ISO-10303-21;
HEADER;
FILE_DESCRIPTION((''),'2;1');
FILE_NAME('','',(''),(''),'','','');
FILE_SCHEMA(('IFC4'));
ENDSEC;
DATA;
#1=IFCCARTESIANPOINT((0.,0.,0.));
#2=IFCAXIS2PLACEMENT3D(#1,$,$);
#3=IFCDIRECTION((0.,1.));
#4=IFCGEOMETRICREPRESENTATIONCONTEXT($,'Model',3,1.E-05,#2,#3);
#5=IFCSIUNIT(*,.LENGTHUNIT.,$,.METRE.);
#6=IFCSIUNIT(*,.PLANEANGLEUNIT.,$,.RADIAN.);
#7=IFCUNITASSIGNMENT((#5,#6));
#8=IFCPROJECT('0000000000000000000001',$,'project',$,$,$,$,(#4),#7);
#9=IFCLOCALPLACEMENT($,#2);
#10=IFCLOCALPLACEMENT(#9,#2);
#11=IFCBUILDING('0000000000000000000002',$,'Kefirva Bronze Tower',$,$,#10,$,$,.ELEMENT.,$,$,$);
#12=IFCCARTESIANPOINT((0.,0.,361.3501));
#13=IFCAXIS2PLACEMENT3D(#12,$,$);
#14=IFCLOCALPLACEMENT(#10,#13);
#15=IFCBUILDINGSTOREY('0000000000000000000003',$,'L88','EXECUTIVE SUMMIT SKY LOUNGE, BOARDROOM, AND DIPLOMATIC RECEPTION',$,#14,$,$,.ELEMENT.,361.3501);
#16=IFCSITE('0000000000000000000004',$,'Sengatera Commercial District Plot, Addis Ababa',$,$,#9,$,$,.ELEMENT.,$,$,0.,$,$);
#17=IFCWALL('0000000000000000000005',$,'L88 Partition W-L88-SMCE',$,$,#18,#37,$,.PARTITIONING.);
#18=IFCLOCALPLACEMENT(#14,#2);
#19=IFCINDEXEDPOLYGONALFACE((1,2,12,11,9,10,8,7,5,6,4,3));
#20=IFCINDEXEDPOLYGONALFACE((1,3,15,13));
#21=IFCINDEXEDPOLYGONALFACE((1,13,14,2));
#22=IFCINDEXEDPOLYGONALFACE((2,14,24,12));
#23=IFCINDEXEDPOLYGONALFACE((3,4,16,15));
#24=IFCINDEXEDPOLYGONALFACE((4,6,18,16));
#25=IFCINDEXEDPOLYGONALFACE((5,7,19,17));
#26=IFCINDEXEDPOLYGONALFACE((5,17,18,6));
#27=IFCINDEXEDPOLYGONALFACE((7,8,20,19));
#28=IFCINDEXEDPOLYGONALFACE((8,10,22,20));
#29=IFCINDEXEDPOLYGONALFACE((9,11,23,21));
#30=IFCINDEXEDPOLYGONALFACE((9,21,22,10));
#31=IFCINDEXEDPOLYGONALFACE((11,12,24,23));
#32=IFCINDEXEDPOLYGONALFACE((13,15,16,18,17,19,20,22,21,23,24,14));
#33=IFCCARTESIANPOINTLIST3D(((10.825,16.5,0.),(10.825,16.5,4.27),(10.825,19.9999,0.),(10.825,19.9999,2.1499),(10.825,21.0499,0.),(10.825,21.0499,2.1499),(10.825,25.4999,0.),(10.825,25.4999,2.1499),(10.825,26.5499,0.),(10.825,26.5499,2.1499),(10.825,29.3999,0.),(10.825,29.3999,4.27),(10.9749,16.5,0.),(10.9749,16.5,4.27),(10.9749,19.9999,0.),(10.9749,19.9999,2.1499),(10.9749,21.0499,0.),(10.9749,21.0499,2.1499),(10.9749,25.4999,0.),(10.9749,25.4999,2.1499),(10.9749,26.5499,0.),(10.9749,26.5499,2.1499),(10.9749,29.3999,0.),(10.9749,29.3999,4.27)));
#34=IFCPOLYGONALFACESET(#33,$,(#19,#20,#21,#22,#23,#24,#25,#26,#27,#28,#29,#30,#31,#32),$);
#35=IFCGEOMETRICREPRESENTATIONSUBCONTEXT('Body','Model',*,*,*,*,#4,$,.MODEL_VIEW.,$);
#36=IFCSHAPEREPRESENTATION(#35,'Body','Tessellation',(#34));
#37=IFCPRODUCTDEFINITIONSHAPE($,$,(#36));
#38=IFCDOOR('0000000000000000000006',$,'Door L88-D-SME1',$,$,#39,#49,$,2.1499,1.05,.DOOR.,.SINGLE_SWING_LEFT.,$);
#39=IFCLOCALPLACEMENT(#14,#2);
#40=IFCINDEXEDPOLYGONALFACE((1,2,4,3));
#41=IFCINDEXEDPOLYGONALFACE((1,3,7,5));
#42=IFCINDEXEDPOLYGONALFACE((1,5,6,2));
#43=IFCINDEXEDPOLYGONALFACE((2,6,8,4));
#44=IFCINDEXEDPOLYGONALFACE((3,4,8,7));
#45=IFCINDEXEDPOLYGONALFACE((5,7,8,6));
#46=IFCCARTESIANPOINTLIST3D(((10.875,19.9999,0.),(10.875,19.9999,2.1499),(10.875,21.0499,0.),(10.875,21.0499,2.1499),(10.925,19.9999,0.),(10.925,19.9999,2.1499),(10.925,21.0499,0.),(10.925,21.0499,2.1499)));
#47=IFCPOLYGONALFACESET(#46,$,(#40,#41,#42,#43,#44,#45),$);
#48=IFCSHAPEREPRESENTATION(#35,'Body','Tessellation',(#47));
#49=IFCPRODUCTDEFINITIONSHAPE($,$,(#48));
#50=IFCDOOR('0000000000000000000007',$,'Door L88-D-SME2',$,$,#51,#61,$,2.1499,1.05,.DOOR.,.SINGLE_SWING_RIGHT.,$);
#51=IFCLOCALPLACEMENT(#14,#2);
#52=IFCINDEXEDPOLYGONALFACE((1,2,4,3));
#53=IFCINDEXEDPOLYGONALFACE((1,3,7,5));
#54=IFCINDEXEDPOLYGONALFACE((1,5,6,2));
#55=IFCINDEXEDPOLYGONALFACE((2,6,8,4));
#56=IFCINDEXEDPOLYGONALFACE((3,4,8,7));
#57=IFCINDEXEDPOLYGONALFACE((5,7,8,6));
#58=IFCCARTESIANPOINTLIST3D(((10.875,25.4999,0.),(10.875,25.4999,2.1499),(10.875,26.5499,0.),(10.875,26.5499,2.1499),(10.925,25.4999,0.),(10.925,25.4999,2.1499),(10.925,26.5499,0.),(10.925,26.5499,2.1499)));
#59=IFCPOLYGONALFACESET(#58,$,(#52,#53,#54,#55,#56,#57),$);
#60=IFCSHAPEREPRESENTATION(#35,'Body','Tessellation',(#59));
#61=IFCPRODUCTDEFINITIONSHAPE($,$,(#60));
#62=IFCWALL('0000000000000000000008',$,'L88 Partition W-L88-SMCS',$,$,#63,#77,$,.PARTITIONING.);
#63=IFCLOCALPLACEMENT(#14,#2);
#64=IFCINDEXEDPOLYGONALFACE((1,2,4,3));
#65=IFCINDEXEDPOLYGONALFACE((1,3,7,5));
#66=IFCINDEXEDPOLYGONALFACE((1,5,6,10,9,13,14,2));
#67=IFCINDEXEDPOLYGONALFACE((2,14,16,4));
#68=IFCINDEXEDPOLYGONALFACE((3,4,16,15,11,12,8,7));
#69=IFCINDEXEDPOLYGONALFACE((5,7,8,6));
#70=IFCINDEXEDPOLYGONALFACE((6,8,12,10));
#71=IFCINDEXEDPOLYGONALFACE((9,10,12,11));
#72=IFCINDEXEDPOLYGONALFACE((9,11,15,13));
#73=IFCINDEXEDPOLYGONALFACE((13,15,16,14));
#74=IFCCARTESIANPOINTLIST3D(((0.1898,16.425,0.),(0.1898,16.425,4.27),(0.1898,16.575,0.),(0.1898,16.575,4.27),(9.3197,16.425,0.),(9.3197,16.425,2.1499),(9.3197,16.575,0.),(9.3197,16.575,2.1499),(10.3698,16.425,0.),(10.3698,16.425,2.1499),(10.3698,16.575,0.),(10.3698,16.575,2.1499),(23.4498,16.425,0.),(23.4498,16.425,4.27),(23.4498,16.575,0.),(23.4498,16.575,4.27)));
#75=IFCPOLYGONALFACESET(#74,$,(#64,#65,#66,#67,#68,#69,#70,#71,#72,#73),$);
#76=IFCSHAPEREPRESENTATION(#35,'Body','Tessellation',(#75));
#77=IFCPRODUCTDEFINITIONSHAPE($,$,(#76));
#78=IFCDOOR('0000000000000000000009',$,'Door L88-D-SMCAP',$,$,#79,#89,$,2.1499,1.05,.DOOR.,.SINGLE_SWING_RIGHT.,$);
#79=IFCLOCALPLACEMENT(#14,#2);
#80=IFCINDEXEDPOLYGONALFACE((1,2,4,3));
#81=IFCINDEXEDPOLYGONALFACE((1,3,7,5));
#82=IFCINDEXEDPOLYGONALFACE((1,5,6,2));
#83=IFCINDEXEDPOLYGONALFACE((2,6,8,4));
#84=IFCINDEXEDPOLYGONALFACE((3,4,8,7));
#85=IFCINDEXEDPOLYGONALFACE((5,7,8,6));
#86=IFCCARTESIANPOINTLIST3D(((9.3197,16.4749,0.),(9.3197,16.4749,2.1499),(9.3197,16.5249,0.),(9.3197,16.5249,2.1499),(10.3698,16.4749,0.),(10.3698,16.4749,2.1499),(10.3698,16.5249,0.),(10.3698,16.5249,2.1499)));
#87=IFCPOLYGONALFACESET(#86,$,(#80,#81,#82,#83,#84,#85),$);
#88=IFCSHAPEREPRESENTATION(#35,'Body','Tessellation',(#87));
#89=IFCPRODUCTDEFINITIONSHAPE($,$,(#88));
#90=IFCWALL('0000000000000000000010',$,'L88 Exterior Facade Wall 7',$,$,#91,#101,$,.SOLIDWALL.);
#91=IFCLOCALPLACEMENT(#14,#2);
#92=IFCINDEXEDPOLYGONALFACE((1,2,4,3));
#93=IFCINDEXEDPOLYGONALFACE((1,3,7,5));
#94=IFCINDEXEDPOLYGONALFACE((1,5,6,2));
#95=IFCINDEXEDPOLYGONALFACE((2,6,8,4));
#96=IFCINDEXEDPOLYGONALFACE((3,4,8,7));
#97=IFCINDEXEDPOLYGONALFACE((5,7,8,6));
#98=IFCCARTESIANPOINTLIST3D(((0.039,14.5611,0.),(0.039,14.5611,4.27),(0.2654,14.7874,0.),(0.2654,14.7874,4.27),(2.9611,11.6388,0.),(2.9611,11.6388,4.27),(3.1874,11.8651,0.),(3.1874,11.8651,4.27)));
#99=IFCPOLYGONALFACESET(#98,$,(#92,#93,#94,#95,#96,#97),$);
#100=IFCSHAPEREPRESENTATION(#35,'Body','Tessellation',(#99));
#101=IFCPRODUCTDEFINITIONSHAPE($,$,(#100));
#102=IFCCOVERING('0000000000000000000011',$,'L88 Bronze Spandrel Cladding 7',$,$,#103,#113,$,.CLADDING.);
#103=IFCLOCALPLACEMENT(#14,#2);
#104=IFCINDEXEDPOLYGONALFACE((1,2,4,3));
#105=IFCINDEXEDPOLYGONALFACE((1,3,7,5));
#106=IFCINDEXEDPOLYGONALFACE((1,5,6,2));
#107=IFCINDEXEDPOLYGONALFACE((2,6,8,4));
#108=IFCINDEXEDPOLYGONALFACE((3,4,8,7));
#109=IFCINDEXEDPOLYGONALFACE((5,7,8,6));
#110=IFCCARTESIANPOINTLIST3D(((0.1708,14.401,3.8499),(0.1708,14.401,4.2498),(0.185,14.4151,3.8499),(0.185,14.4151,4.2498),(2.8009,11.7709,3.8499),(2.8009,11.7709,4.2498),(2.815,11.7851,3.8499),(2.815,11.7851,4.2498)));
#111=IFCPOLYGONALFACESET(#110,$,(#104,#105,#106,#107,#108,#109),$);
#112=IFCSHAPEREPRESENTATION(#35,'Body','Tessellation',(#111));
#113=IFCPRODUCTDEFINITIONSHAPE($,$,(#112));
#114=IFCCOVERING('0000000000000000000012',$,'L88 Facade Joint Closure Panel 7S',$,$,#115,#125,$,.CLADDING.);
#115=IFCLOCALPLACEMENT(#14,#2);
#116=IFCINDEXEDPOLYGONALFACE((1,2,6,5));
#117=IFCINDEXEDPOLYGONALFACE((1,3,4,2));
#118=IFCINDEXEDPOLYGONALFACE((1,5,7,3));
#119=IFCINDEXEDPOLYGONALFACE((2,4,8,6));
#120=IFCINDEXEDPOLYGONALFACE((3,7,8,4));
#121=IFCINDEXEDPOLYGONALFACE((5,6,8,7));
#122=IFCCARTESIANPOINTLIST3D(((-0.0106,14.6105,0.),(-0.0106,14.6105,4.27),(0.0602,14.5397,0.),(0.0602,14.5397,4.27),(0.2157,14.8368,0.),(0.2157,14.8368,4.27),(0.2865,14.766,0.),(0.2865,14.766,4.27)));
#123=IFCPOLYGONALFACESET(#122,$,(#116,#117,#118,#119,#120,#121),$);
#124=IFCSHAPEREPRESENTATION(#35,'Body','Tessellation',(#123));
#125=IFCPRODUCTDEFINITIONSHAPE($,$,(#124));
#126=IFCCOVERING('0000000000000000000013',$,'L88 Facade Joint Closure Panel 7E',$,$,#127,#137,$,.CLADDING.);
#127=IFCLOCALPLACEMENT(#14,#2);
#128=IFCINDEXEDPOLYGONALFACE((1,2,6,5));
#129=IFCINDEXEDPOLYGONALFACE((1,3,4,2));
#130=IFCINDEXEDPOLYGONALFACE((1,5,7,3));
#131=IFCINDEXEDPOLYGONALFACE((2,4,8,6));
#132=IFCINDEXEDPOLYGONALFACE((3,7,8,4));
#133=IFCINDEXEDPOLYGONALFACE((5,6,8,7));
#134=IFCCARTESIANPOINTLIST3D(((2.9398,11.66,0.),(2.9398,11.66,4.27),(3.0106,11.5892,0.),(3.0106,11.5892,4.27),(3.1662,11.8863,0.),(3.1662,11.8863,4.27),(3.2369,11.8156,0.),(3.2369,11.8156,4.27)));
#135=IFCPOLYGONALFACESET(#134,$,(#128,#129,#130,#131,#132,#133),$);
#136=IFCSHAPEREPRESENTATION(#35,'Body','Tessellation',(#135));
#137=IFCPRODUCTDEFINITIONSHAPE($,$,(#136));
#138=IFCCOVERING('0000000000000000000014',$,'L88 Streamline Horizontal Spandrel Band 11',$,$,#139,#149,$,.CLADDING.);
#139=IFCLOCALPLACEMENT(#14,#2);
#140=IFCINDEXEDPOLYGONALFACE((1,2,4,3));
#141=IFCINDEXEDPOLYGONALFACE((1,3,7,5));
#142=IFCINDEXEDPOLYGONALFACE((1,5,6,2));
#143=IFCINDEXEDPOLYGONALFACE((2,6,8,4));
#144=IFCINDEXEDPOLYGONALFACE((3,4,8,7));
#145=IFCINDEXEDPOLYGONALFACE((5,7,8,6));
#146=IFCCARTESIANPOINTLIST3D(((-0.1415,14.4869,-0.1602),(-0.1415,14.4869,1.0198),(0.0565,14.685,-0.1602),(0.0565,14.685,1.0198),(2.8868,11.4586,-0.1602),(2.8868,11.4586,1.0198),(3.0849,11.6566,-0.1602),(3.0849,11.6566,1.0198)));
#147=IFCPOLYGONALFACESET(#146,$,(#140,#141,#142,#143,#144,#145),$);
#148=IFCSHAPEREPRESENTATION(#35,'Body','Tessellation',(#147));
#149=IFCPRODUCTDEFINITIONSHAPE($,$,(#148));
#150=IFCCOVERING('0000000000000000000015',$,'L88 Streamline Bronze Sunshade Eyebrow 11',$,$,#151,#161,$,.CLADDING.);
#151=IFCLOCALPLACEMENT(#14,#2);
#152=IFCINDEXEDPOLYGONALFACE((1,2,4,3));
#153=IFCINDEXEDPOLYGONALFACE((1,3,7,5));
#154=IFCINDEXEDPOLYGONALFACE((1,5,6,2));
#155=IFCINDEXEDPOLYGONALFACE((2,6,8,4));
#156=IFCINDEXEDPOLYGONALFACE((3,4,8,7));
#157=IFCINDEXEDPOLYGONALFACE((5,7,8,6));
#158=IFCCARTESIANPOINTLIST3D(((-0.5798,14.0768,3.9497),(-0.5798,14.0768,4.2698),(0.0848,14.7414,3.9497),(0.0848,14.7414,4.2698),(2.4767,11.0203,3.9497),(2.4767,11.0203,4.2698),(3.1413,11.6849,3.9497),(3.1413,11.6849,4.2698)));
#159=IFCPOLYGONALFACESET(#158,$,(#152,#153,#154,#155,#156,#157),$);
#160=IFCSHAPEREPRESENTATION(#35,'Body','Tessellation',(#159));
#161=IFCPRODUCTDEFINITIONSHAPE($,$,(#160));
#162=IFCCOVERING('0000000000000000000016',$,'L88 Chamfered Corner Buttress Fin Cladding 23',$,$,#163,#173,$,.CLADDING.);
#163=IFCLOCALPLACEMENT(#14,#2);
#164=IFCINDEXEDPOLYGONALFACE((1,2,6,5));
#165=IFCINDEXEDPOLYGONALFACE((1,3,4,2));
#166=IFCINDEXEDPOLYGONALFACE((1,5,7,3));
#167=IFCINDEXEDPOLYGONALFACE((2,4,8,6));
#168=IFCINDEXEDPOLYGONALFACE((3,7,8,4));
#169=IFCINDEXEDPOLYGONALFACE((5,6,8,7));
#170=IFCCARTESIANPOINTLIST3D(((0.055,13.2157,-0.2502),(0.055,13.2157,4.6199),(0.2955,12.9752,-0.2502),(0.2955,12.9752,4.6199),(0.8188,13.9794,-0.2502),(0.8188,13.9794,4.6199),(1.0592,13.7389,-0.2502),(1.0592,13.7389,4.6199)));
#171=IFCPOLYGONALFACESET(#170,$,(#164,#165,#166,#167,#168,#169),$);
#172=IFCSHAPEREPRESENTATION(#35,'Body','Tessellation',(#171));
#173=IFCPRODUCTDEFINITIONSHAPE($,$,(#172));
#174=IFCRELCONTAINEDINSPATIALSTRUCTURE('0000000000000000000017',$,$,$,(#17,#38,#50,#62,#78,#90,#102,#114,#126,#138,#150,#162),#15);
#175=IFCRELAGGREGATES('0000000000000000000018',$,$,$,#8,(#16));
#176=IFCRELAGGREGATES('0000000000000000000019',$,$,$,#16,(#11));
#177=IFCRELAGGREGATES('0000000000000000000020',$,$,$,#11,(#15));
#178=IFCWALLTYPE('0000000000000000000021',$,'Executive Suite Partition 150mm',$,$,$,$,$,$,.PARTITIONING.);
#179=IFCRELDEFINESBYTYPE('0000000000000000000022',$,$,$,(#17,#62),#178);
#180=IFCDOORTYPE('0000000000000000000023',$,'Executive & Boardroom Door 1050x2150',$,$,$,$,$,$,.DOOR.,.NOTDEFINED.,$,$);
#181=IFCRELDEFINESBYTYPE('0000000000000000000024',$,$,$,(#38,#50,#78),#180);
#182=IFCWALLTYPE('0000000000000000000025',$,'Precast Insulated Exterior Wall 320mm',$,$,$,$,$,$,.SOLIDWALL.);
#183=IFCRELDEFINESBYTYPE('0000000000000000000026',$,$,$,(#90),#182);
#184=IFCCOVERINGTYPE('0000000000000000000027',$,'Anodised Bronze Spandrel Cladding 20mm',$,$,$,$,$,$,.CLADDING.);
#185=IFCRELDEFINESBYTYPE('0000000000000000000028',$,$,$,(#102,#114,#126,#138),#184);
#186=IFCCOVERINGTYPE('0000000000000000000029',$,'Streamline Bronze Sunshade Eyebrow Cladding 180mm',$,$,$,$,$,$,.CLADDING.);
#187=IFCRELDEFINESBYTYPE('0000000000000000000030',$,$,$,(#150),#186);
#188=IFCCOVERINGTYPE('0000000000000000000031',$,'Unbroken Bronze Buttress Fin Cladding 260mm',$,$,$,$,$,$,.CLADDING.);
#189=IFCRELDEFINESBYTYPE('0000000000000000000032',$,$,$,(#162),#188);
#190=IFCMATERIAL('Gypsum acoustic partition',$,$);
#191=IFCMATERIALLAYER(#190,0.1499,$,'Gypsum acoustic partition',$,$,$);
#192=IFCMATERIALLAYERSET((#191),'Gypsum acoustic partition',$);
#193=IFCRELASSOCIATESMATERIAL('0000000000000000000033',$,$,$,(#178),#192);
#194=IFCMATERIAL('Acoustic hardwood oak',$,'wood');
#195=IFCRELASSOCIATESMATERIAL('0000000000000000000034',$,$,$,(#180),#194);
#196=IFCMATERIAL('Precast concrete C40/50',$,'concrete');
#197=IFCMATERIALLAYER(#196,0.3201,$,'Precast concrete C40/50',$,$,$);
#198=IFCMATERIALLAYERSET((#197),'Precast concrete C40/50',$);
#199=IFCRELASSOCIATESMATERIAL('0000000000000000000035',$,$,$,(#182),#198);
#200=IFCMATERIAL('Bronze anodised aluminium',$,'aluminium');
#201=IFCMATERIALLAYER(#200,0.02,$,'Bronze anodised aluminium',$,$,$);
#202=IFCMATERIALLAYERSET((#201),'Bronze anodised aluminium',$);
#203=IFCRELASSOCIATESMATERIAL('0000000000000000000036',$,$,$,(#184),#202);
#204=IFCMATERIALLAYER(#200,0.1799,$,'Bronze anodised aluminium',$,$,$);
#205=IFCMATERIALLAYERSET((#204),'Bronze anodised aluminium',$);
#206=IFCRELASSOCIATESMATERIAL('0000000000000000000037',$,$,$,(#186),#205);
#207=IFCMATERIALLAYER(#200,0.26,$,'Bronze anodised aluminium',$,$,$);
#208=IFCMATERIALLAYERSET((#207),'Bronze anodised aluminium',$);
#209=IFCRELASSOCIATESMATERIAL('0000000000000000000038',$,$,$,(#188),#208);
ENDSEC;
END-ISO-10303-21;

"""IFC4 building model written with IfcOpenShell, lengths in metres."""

from ifc_helpers import new_model, si_unit, direction, frame, frame_2d, origin, origin_2d, place, context, subcontext, project, spatial, rectangle, extrude, material, layer, layer_set, type_object, element, fill, save


model = new_model("IFC4")

# Units and contexts
model_context = context("Model", 3, precision=1e-05, world=origin(), true_north=direction((0.0, 1.0)))
body_context = subcontext(model_context, "Body", "Model", "MODEL_VIEW")
ifc_project = project(units=[si_unit("LENGTHUNIT", "METRE"), si_unit("PLANEANGLEUNIT", "RADIAN")], contexts=[model_context])

# Site, building, storey
site_placement = place(None, origin())
site = spatial("IfcSite", under=ifc_project, at=site_placement, Name="Sengatera Commercial District Plot, Addis Ababa", CompositionType="ELEMENT", RefElevation=0.0)
building_placement = place(site_placement, origin())
building = spatial("IfcBuilding", under=site, at=building_placement, Name="Kefirva Bronze Tower", CompositionType="ELEMENT")
storey_placement = place(building_placement, frame((0.0, 0.0, 361.3501)))
storey = spatial("IfcBuildingStorey", under=building, at=storey_placement, Name="L88", Description="EXECUTIVE SUMMIT SKY LOUNGE, BOARDROOM, AND DIPLOMATIC RECEPTION", CompositionType="ELEMENT", Elevation=361.3501)

# Shared definitions
ifc_material_1 = material(Name="Bronze anodised aluminium", Category="aluminium")

# Wall, openings, doors
ifc_material_2 = material(Name="Gypsum acoustic partition")
ifc_layer_1 = layer(ifc_material_2, 0.1499, Name="Gypsum acoustic partition")
ifc_layer_set_1 = layer_set([ifc_layer_1], Name="Gypsum acoustic partition")
wall_type_1 = type_object("IfcWallType", Name="Executive Suite Partition 150mm", PredefinedType="PARTITIONING", material=ifc_layer_set_1)
ifc_material_3 = material(Name="Acoustic hardwood oak", Category="wood")
door_type = type_object("IfcDoorType", Name="Executive & Boardroom Door 1050x2150", OperationType="NOTDEFINED", PredefinedType="DOOR", material=ifc_material_3)
wall_1_placement = place(storey_placement, frame((10.8999, 16.5, 0.0), z_axis=(0.0, 0.0, 1.0), x_axis=(0.0, 1.0, 0.0)))
wall_1 = element("IfcWall", 1, at=wall_1_placement, inside=storey, type_object=wall_type_1, Name="L88 Partition W-L88-SMCE", PredefinedType="PARTITIONING", context=body_context, shape_type="SweptSolid", body=[
    extrude(rectangle(XDim=12.8999, YDim=0.1499, at=frame_2d((6.45, 0.0))), origin(), (0.0, 0.0, 1.0), 4.27),
])
opening_1_placement = place(wall_1_placement, frame((3.5, 0.0, 0.0)))
opening_1 = element("IfcOpeningElement", 2, at=opening_1_placement, cuts=wall_1, PredefinedType="OPENING", context=body_context, shape_type="SweptSolid", body=[
    extrude(rectangle(XDim=1.05, YDim=2.1499, at=frame_2d((0.5249, 1.075))), frame((0.0, 0.085, 0.0), z_axis=(0.0, -1.0, 0.0), x_axis=(1.0, 0.0, 0.0)), (0.0, 0.0, 1.0), 0.1699),
])
opening_2_placement = place(wall_1_placement, frame((9.0, 0.0, 0.0)))
opening_2 = element("IfcOpeningElement", 3, at=opening_2_placement, cuts=wall_1, PredefinedType="OPENING", context=body_context, shape_type="SweptSolid", body=[
    extrude(rectangle(XDim=1.05, YDim=2.1499, at=frame_2d((0.5249, 1.075))), frame((0.0, 0.085, 0.0), z_axis=(0.0, -1.0, 0.0), x_axis=(1.0, 0.0, 0.0)), (0.0, 0.0, 1.0), 0.1699),
])
door_1_placement = place(opening_1_placement, origin())
door_1 = element("IfcDoor", 4, at=door_1_placement, inside=storey, type_object=door_type, Name="Door L88-D-SME1", OperationType="SINGLE_SWING_LEFT", OverallHeight=2.1499, OverallWidth=1.05, PredefinedType="DOOR", context=body_context, shape_type="SweptSolid", body=[
    extrude(rectangle(XDim=1.05, YDim=2.1499, at=frame_2d((0.5249, 1.075))), frame((0.0, 0.0249, 0.0), z_axis=(0.0, -1.0, 0.0), x_axis=(1.0, 0.0, 0.0)), (0.0, 0.0, 1.0), 0.05),
])
fill(opening_1, door_1)
door_2_placement = place(opening_2_placement, origin())
door_2 = element("IfcDoor", 5, at=door_2_placement, inside=storey, type_object=door_type, Name="Door L88-D-SME2", OperationType="SINGLE_SWING_RIGHT", OverallHeight=2.1499, OverallWidth=1.05, PredefinedType="DOOR", context=body_context, shape_type="SweptSolid", body=[
    extrude(rectangle(XDim=1.05, YDim=2.1499, at=frame_2d((0.5249, 1.075))), frame((0.0, 0.0249, 0.0), z_axis=(0.0, -1.0, 0.0), x_axis=(1.0, 0.0, 0.0)), (0.0, 0.0, 1.0), 0.05),
])
fill(opening_2, door_2)

# Wall, opening, door
wall_2_placement = place(storey_placement, frame((0.1899, 16.5, 0.0), z_axis=(0.0, 0.0, 1.0), x_axis=(1.0, 0.0, 0.0)))
wall_2 = element("IfcWall", 6, at=wall_2_placement, inside=storey, type_object=wall_type_1, Name="L88 Partition W-L88-SMCS", PredefinedType="PARTITIONING", context=body_context, shape_type="SweptSolid", body=[
    extrude(rectangle(XDim=23.26, YDim=0.1499, at=frame_2d((11.6299, 0.0))), origin(), (0.0, 0.0, 1.0), 4.27),
])
opening_3_placement = place(wall_2_placement, frame((9.1299, 0.0, 0.0)))
opening_3 = element("IfcOpeningElement", 7, at=opening_3_placement, cuts=wall_2, PredefinedType="OPENING", context=body_context, shape_type="SweptSolid", body=[
    extrude(rectangle(XDim=1.05, YDim=2.1499, at=frame_2d((0.5249, 1.075))), frame((0.0, 0.085, 0.0), z_axis=(0.0, -1.0, 0.0), x_axis=(1.0, 0.0, 0.0)), (0.0, 0.0, 1.0), 0.1699),
])
door_3_placement = place(opening_3_placement, origin())
door_3 = element("IfcDoor", 8, at=door_3_placement, inside=storey, type_object=door_type, Name="Door L88-D-SMCAP", OperationType="SINGLE_SWING_RIGHT", OverallHeight=2.1499, OverallWidth=1.05, PredefinedType="DOOR", context=body_context, shape_type="SweptSolid", body=[
    extrude(rectangle(XDim=1.05, YDim=2.1499, at=frame_2d((0.5249, 1.075))), frame((0.0, 0.0249, 0.0), z_axis=(0.0, -1.0, 0.0), x_axis=(1.0, 0.0, 0.0)), (0.0, 0.0, 1.0), 0.05),
])
fill(opening_3, door_3)

# Wall
ifc_material_4 = material(Name="Precast concrete C40/50", Category="concrete")
ifc_layer_2 = layer(ifc_material_4, 0.3201, Name="Precast concrete C40/50")
ifc_layer_set_2 = layer_set([ifc_layer_2], Name="Precast concrete C40/50")
wall_type_2 = type_object("IfcWallType", Name="Precast Insulated Exterior Wall 320mm", PredefinedType="SOLIDWALL", material=ifc_layer_set_2)
wall_3_placement = place(storey_placement, frame((0.1521, 14.6743, 0.0), z_axis=(0.0, 0.0, 1.0), x_axis=(0.707077, -0.707136, 0.0)))
element("IfcWall", 9, at=wall_3_placement, inside=storey, type_object=wall_type_2, Name="L88 Exterior Facade Wall 7", PredefinedType="SOLIDWALL", context=body_context, shape_type="SweptSolid", body=[
    extrude(rectangle(XDim=4.1326, YDim=0.3201, at=frame_2d((2.0664, 0.0))), origin(), (0.0, 0.0, 1.0), 4.27),
])

# Coverings
ifc_layer_3 = layer(ifc_material_1, 0.02, Name="Bronze anodised aluminium")
ifc_layer_set_3 = layer_set([ifc_layer_3], Name="Bronze anodised aluminium")
covering_type_1 = type_object("IfcCoveringType", Name="Anodised Bronze Spandrel Cladding 20mm", PredefinedType="CLADDING", material=ifc_layer_set_3)
covering_1_placement = place(storey_placement, frame((1.4929, 13.093, 3.8499), z_axis=(0.0, 0.0, 1.0), x_axis=(0.707107, -0.707107, 0.0)))
element("IfcCovering", 10, at=covering_1_placement, inside=storey, type_object=covering_type_1, Name="L88 Bronze Spandrel Cladding 7", PredefinedType="CLADDING", context=body_context, shape_type="SweptSolid", body=[
    extrude(rectangle(XDim=3.7195, YDim=0.02, at=origin_2d()), origin(), (0.0, 0.0, 1.0), 0.3999),
])
for number, where, z_axis, x_axis, name in (
    (11, (0.1379, 14.6882, 0.0), (0.0, 0.0, 1.0), (0.707107, -0.707107, 0.0), "L88 Facade Joint Closure Panel 7S"),
    (12, (3.0884, 11.7378, 0.0), (0.0, 0.0, 1.0), (0.707107, -0.707107, 0.0), "L88 Facade Joint Closure Panel 7E"),
):
    element("IfcCovering", number, at=place(storey_placement, frame(where, z_axis=z_axis, x_axis=x_axis)), inside=storey, type_object=covering_type_1, Name=name, PredefinedType="CLADDING", context=body_context, shape_type="SweptSolid", body=[
        extrude(rectangle(XDim=0.1001, YDim=0.3201, at=origin_2d()), origin(), (0.0, 0.0, 1.0), 4.27),
    ])
covering_2_placement = place(storey_placement, frame((1.4717, 13.0718, -0.1602), z_axis=(0.0, 0.0, 1.0), x_axis=(0.707107, -0.707107, 0.0)))
element("IfcCovering", 13, at=covering_2_placement, inside=storey, type_object=covering_type_1, Name="L88 Streamline Horizontal Spandrel Band 11", PredefinedType="CLADDING", context=body_context, shape_type="SweptSolid", body=[
    extrude(rectangle(XDim=4.2827, YDim=0.28, at=origin_2d()), origin(), (0.0, 0.0, 1.0), 1.1799),
])
ifc_layer_4 = layer(ifc_material_1, 0.1799, Name="Bronze anodised aluminium")
ifc_layer_set_4 = layer_set([ifc_layer_4], Name="Bronze anodised aluminium")
covering_type_2 = type_object("IfcCoveringType", Name="Streamline Bronze Sunshade Eyebrow Cladding 180mm", PredefinedType="CLADDING", material=ifc_layer_set_4)
covering_3_placement = place(storey_placement, frame((1.2808, 12.8809, 3.9497), z_axis=(0.0, 0.0, 1.0), x_axis=(0.707107, -0.707107, 0.0)))
element("IfcCovering", 14, at=covering_3_placement, inside=storey, type_object=covering_type_2, Name="L88 Streamline Bronze Sunshade Eyebrow 11", PredefinedType="CLADDING", context=body_context, shape_type="SweptSolid", body=[
    extrude(rectangle(XDim=4.3225, YDim=0.9399, at=origin_2d()), origin(), (0.0, 0.0, 1.0), 0.3201),
])
ifc_layer_5 = layer(ifc_material_1, 0.26, Name="Bronze anodised aluminium")
ifc_layer_set_5 = layer_set([ifc_layer_5], Name="Bronze anodised aluminium")
covering_type_3 = type_object("IfcCoveringType", Name="Unbroken Bronze Buttress Fin Cladding 260mm", PredefinedType="CLADDING", material=ifc_layer_set_5)
for number, where, z_axis, x_axis, name in (
    (15, (0.5571, 13.4773, -0.2502), (0.0, 0.0, 1.0), (0.707107, -0.707107, 0.0), "L88 Chamfered Corner Buttress Fin Cladding 23"),
):
    element("IfcCovering", number, at=place(storey_placement, frame(where, z_axis=z_axis, x_axis=x_axis)), inside=storey, type_object=covering_type_3, Name=name, PredefinedType="CLADDING", context=body_context, shape_type="SweptSolid", body=[
        extrude(rectangle(XDim=0.3401, YDim=1.0801, at=origin_2d()), origin(), (0.0, 0.0, 1.0), 4.8701),
    ])

save(model, "model.ifc")
